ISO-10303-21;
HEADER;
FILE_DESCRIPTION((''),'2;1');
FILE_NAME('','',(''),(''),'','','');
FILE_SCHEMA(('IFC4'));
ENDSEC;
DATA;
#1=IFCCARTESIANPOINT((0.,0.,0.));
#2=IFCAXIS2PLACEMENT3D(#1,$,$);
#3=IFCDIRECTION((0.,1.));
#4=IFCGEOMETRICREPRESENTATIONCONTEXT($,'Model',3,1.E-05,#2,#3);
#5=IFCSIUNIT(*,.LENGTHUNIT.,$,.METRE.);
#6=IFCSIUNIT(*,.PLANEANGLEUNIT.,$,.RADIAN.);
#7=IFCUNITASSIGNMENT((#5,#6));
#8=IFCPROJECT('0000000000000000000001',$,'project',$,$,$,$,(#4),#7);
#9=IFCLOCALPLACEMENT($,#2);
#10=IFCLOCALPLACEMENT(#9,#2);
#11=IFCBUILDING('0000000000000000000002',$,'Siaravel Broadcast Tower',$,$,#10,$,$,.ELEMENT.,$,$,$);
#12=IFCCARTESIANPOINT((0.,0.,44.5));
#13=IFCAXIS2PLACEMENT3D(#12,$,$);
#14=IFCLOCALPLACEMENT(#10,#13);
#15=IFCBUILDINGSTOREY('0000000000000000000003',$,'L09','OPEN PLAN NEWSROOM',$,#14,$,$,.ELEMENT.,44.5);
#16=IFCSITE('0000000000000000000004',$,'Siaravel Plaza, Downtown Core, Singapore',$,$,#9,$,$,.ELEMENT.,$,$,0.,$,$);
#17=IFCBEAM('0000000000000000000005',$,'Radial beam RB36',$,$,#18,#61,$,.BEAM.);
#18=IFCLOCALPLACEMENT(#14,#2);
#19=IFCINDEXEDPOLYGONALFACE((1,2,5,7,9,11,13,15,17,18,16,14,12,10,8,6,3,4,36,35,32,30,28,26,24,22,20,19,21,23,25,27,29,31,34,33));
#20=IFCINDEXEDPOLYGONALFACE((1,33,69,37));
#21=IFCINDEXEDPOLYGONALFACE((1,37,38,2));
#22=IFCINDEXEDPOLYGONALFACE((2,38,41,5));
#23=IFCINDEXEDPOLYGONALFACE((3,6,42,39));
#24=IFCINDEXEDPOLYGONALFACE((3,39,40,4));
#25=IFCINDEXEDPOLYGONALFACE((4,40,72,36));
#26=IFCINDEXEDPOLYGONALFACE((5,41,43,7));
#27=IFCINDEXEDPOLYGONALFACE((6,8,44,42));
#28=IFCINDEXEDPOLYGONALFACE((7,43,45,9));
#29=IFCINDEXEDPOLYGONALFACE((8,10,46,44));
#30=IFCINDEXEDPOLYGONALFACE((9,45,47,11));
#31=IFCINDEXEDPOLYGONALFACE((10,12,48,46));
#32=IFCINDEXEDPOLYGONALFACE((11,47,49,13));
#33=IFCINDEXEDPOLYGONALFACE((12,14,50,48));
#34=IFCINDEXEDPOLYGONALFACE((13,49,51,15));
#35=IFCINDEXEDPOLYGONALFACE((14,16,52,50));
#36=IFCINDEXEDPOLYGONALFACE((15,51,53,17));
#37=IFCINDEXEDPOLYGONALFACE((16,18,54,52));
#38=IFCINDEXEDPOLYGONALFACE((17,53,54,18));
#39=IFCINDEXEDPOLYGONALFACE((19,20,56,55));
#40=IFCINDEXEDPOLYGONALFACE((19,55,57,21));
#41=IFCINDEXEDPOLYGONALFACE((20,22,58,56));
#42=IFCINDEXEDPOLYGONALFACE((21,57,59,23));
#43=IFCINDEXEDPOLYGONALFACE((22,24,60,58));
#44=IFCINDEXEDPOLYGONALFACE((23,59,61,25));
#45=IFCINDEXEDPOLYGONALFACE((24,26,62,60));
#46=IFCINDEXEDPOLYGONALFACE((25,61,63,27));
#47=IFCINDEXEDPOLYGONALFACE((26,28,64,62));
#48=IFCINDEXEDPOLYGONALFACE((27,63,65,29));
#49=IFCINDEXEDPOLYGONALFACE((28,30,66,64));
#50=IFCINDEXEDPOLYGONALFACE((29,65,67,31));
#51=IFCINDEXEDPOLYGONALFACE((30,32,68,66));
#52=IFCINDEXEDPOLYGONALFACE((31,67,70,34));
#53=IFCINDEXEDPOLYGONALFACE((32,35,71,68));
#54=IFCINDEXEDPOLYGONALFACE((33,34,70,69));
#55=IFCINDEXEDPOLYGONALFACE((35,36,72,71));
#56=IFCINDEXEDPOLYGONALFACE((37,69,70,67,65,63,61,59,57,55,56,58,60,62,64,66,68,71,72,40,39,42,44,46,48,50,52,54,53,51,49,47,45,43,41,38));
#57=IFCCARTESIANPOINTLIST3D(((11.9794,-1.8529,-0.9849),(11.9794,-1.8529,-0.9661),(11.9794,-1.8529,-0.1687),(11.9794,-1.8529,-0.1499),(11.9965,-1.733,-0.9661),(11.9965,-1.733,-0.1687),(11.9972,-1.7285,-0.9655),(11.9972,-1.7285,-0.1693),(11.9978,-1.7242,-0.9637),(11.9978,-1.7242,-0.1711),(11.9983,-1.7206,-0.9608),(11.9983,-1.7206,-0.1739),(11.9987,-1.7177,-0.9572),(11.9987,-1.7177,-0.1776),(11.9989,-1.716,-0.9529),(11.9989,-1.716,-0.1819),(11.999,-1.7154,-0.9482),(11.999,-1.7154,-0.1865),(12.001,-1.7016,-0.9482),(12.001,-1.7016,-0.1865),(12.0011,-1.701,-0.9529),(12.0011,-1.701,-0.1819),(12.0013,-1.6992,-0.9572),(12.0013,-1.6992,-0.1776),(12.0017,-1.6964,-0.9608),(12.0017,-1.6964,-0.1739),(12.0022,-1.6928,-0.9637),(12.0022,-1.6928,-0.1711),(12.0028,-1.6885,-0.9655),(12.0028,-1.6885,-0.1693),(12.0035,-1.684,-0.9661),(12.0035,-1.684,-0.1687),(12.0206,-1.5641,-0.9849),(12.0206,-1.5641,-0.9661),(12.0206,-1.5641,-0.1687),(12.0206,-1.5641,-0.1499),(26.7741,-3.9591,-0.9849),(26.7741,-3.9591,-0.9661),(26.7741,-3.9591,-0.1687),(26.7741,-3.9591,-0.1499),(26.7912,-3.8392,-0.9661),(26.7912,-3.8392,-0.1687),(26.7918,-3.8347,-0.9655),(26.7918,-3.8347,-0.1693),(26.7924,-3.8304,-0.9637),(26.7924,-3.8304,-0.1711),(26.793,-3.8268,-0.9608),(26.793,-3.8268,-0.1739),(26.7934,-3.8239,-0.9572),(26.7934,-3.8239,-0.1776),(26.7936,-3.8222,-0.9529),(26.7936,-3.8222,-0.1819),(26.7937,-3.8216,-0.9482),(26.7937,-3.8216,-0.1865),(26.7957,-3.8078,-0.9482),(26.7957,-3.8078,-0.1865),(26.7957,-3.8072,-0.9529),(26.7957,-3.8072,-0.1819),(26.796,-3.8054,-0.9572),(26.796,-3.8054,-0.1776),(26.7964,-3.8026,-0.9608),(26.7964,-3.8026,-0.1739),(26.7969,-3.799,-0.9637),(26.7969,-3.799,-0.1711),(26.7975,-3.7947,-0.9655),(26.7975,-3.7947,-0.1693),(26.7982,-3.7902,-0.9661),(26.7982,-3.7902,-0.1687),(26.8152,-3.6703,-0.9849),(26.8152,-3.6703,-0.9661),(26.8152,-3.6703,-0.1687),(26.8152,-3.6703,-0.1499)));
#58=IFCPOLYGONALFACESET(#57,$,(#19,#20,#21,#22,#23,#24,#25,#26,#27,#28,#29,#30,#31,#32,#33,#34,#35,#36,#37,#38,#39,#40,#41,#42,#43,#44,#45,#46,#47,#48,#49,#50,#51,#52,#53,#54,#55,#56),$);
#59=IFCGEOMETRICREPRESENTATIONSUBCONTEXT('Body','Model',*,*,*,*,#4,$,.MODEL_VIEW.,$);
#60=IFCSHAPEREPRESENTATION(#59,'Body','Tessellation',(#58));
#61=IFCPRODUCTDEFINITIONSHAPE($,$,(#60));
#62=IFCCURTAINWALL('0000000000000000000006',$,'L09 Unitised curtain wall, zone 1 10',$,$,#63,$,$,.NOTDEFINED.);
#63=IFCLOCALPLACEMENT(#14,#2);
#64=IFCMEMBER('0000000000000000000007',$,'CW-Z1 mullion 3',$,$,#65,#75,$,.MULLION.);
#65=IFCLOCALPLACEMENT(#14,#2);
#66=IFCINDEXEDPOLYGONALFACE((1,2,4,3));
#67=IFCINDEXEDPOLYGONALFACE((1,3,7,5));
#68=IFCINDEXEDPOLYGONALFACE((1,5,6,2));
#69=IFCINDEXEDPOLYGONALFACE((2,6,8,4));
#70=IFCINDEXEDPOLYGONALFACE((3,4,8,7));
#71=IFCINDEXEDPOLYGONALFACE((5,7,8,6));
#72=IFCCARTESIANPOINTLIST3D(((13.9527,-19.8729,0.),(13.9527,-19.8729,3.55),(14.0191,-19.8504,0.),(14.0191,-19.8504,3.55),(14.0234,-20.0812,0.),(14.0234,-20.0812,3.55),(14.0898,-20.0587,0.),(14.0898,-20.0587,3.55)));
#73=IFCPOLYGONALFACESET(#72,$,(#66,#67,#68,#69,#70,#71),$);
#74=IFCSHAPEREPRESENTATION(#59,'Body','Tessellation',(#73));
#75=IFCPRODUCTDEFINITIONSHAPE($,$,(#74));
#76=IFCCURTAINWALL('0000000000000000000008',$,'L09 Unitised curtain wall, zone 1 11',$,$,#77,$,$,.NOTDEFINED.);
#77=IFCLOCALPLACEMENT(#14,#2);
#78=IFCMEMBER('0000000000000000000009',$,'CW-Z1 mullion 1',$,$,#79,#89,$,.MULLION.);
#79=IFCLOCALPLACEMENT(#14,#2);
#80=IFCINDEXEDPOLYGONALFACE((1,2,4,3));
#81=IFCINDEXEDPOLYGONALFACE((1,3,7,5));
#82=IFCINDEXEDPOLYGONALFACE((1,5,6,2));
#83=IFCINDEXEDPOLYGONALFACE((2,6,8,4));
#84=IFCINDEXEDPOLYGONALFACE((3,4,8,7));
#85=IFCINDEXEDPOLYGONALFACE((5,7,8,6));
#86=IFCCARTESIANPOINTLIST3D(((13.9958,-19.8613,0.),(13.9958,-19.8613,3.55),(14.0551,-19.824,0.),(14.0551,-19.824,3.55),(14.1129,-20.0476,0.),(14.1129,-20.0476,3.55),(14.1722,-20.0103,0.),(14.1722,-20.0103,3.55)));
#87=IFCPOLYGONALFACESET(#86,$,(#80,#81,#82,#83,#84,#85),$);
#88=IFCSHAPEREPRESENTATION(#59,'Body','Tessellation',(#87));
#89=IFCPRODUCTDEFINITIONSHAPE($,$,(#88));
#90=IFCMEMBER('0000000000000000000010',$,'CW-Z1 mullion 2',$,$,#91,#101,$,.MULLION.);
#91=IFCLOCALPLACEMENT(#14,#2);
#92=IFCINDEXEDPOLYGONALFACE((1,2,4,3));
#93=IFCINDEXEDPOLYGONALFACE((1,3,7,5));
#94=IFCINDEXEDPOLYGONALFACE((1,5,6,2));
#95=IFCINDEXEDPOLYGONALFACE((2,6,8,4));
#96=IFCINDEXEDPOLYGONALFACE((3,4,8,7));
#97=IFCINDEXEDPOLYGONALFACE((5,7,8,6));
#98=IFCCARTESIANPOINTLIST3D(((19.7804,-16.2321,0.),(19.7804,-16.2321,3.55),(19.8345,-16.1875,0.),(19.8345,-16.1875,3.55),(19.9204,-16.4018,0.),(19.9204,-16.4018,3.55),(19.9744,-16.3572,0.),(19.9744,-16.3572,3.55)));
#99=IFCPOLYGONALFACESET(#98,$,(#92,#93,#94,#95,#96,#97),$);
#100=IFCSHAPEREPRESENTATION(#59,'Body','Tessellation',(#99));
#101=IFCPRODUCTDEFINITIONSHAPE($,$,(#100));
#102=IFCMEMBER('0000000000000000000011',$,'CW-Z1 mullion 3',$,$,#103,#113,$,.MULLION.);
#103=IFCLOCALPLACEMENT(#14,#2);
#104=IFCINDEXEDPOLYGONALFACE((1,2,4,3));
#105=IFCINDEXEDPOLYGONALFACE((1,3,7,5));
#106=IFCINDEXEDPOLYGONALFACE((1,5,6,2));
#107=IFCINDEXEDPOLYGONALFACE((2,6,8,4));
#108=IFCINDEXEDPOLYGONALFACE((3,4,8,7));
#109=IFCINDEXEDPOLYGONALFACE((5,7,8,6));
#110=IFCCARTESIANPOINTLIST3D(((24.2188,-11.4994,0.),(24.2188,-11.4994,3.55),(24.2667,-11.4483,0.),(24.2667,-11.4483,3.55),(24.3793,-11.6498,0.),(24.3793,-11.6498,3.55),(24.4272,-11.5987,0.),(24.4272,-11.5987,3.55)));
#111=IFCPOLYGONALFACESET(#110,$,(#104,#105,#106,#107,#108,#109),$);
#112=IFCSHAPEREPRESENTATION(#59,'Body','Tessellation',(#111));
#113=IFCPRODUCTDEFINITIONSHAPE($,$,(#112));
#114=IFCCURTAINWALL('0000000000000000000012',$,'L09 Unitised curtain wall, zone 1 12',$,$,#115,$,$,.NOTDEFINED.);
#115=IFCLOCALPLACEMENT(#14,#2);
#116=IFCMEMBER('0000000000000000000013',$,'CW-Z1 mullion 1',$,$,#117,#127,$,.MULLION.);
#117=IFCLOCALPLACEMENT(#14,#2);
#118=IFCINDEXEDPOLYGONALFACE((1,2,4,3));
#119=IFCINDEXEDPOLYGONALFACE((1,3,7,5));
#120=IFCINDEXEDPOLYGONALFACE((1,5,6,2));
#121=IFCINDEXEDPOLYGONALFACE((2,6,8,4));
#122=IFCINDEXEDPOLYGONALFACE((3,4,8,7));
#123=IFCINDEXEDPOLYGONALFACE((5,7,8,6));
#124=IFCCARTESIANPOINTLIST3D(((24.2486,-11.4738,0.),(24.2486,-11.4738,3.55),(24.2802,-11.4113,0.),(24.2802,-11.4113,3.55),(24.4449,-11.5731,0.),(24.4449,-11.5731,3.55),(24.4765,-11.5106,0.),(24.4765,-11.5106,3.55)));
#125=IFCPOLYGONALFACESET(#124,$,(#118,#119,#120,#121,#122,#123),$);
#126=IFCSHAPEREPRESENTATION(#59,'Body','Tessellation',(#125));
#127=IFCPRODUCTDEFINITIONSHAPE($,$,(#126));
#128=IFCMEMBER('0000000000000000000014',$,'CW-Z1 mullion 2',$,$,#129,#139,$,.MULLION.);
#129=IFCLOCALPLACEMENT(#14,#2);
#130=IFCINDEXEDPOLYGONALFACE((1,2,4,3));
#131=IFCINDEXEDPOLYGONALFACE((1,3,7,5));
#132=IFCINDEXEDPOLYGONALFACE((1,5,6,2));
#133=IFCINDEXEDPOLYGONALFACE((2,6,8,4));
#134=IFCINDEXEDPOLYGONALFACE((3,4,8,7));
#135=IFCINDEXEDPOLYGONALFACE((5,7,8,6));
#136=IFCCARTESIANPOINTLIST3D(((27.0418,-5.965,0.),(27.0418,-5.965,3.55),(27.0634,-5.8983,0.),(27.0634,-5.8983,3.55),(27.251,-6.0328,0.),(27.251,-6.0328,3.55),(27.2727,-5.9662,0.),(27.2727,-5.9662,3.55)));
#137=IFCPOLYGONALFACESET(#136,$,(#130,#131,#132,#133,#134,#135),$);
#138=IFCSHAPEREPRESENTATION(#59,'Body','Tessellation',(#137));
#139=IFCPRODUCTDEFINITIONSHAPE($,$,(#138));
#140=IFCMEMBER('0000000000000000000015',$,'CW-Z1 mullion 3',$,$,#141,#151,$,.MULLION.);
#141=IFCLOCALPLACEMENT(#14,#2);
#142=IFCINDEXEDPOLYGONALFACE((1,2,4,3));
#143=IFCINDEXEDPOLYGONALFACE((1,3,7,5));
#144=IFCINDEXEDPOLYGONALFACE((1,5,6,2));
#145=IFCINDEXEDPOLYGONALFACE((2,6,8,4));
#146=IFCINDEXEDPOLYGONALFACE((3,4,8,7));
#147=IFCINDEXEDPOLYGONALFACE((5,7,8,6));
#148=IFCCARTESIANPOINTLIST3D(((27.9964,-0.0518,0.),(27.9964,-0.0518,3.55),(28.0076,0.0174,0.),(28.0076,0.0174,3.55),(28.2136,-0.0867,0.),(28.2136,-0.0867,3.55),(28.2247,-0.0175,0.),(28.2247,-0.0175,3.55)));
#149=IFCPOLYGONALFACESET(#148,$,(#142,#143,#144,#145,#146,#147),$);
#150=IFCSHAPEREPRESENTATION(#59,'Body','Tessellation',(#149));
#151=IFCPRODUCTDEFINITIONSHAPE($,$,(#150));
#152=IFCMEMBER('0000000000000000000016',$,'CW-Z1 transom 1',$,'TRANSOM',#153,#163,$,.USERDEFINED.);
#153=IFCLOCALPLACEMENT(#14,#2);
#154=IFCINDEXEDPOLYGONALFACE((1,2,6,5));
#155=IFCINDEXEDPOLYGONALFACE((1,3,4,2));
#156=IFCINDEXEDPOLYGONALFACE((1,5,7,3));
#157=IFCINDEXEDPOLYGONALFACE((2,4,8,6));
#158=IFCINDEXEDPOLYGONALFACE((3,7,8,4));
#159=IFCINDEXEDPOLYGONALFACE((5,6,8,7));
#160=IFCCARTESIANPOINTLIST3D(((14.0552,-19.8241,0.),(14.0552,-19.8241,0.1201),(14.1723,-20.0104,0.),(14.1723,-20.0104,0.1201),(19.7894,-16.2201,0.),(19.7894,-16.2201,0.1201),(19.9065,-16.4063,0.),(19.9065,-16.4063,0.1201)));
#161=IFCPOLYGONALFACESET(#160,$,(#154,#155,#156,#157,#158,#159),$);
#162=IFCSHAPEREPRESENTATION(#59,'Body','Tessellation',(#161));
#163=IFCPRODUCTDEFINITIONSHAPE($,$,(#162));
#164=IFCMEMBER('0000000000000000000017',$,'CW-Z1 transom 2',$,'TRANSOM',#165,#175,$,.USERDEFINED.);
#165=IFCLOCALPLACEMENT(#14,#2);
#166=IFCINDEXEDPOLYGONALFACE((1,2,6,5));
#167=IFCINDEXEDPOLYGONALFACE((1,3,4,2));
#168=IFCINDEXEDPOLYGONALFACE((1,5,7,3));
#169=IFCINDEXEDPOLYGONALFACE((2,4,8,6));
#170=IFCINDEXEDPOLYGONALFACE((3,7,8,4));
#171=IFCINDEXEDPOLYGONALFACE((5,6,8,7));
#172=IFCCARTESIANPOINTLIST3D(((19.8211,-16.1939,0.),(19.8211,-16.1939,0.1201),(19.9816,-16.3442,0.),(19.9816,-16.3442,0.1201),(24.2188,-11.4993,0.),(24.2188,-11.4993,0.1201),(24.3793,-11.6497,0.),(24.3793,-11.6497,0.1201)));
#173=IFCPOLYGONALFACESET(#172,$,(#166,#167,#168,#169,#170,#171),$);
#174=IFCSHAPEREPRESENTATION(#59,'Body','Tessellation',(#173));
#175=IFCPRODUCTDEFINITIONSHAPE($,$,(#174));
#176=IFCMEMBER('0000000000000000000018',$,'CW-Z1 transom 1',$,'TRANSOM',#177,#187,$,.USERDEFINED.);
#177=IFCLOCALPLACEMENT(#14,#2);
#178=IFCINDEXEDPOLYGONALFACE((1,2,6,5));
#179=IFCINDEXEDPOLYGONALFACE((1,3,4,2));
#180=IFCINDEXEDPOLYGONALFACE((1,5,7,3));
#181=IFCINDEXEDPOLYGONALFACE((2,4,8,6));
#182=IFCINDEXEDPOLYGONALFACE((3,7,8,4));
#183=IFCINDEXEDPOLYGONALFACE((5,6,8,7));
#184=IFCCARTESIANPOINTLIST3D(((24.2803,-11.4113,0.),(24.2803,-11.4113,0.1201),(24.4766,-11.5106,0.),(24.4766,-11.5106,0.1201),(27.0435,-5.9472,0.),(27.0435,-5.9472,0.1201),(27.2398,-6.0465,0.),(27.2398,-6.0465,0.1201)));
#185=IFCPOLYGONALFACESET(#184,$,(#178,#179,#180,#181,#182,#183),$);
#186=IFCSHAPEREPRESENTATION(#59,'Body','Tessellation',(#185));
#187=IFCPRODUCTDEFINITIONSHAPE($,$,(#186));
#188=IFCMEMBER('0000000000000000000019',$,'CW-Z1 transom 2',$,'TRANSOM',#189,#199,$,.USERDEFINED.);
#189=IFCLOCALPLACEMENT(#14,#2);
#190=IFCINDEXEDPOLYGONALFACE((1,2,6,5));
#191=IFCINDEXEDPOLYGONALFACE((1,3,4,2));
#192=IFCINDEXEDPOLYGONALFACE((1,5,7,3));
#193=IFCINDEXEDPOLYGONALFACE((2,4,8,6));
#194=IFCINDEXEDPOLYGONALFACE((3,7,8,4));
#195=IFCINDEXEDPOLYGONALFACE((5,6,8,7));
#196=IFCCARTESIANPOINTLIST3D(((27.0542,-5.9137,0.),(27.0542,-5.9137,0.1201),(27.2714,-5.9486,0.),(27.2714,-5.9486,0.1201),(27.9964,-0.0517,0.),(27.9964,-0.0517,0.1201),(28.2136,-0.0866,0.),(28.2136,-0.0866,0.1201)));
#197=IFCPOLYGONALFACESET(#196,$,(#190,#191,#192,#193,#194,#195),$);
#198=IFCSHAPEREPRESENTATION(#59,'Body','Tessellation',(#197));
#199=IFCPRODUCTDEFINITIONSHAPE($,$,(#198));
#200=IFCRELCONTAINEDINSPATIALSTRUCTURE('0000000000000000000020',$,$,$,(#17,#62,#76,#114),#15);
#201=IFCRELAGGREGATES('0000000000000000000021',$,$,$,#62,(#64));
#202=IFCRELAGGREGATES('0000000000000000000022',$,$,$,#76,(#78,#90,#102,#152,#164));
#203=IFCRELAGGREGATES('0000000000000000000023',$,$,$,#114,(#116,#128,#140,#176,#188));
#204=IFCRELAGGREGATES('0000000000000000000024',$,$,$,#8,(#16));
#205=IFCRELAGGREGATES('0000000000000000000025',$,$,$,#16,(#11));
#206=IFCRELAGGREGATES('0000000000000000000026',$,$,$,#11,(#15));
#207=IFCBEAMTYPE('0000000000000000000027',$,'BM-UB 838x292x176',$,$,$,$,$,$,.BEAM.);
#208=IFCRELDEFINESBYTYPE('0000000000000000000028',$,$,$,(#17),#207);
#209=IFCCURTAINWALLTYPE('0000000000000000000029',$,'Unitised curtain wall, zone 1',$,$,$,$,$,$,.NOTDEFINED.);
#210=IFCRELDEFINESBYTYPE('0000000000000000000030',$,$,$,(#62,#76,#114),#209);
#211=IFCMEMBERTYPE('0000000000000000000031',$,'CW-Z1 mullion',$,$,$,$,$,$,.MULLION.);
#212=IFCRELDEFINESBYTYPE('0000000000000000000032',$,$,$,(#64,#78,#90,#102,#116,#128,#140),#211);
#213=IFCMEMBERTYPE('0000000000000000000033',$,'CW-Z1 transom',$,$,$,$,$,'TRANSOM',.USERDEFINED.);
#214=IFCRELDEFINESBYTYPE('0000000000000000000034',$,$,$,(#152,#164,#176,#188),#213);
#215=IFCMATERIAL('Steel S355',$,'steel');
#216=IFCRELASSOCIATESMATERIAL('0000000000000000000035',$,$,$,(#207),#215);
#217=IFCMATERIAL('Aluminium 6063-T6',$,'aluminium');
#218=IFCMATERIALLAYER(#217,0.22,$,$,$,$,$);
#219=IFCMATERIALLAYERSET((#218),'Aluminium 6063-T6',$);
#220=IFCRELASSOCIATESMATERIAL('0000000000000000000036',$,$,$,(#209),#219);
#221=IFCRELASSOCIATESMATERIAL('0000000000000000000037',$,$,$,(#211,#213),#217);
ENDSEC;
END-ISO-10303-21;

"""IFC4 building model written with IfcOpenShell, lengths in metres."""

from ifc_helpers import new_model, si_unit, direction, frame, origin, origin_2d, place, context, subcontext, project, spatial, rectangle, i_section, extrude, material, layer, layer_set, material_profile, profile_set, type_object, element, aggregate, save


model = new_model("IFC4")

# Units and contexts
model_context = context("Model", 3, precision=1e-05, world=origin(), true_north=direction((0.0, 1.0)))
body_context = subcontext(model_context, "Body", "Model", "MODEL_VIEW")
ifc_project = project(units=[si_unit("LENGTHUNIT", "METRE"), si_unit("PLANEANGLEUNIT", "RADIAN")], contexts=[model_context])

# Site, building, storey
site_placement = place(None, origin())
site = spatial("IfcSite", under=ifc_project, at=site_placement, Name="Siaravel Plaza, Downtown Core, Singapore", CompositionType="ELEMENT", RefElevation=0.0)
building_placement = place(site_placement, origin())
building = spatial("IfcBuilding", under=site, at=building_placement, Name="Siaravel Broadcast Tower", CompositionType="ELEMENT")
storey_placement = place(building_placement, frame((0.0, 0.0, 44.5)))
storey = spatial("IfcBuildingStorey", under=building, at=storey_placement, Name="L09", Description="OPEN PLAN NEWSROOM", CompositionType="ELEMENT", Elevation=44.5)

# Beam
ifc_material_1 = material(Name="Steel S355", Category="steel")
ifc_material_profile_1 = material_profile(ifc_material_1, i_section(OverallWidth=0.2917, OverallDepth=0.835, WebThickness=0.0139, FlangeThickness=0.0188, FilletRadius=0.0178, at=origin_2d()))
ifc_profile_set_1 = profile_set([ifc_material_profile_1], Name="Steel S355")
beam_type = type_object("IfcBeamType", Name="BM-UB 838x292x176", PredefinedType="BEAM", material=ifc_profile_set_1)
beam_1_placement = place(storey_placement, frame((26.7947, -3.8147, -0.5674), z_axis=(-0.990018, 0.140941, 0.0), x_axis=(-0.140941, -0.990018, 0.0)))
element("IfcBeam", 1, at=beam_1_placement, inside=storey, type_object=beam_type, Name="Radial beam RB36", PredefinedType="BEAM", context=body_context, shape_type="SweptSolid", body=[
    extrude(i_section(OverallWidth=0.2917, OverallDepth=0.835, WebThickness=0.0139, FlangeThickness=0.0188, FilletRadius=0.0178, at=origin_2d()), origin(), (0.0, 0.0, 1.0), 14.9438),
])

# Curtain wall, member
ifc_material_2 = material(Name="Aluminium 6063-T6", Category="aluminium")
ifc_layer_1 = layer(ifc_material_2, 0.22)
ifc_layer_set_1 = layer_set([ifc_layer_1], Name="Aluminium 6063-T6")
curtain_wall_type = type_object("IfcCurtainWallType", Name="Unitised curtain wall, zone 1", PredefinedType="NOTDEFINED", material=ifc_layer_set_1)
curtain_wall_1_placement = place(storey_placement, origin())
curtain_wall_1 = element("IfcCurtainWall", 2, at=curtain_wall_1_placement, inside=storey, type_object=curtain_wall_type, Name="L09 Unitised curtain wall, zone 1 10", PredefinedType="NOTDEFINED")
ifc_material_profile_2 = material_profile(ifc_material_2, rectangle(XDim=0.22, YDim=0.0701, at=origin_2d()))
ifc_profile_set_2 = profile_set([ifc_material_profile_2], Name="Aluminium 6063-T6")
member_type_1 = type_object("IfcMemberType", Name="CW-Z1 mullion", PredefinedType="MULLION", material=ifc_profile_set_2)
member_1_placement = place(storey_placement, frame((14.0212, -19.9658, 0.0), z_axis=(0.0, 0.0, 1.0), x_axis=(-0.321301, 0.946977, 0.0)))
member_1 = element("IfcMember", 3, at=member_1_placement, type_object=member_type_1, Name="CW-Z1 mullion 3", PredefinedType="MULLION", context=body_context, shape_type="SweptSolid", body=[
    extrude(rectangle(XDim=0.22, YDim=0.0701, at=origin_2d()), origin(), (0.0, 0.0, 1.0), 3.55),
])
aggregate(curtain_wall_1, [member_1])

# Curtain walls, members
curtain_wall_2_placement = place(storey_placement, origin())
curtain_wall_2 = element("IfcCurtainWall", 4, at=curtain_wall_2_placement, inside=storey, type_object=curtain_wall_type, Name="L09 Unitised curtain wall, zone 1 11", PredefinedType="NOTDEFINED")
member_2_placement = place(storey_placement, frame((14.084, -19.9358, 0.0), z_axis=(0.0, 0.0, 1.0), x_axis=(-0.532149, 0.846651, 0.0)))
member_2 = element("IfcMember", 5, at=member_2_placement, type_object=member_type_1, Name="CW-Z1 mullion 1", PredefinedType="MULLION", context=body_context, shape_type="SweptSolid", body=[
    extrude(rectangle(XDim=0.22, YDim=0.0701, at=origin_2d()), origin(), (0.0, 0.0, 1.0), 3.55),
])
member_3_placement = place(storey_placement, frame((19.8774, -16.2947, 0.0), z_axis=(0.0, 0.0, 1.0), x_axis=(-0.636218, 0.771509, 0.0)))
member_3 = element("IfcMember", 6, at=member_3_placement, type_object=member_type_1, Name="CW-Z1 mullion 2", PredefinedType="MULLION", context=body_context, shape_type="SweptSolid", body=[
    extrude(rectangle(XDim=0.22, YDim=0.0701, at=origin_2d()), origin(), (0.0, 0.0, 1.0), 3.55),
])
member_4_placement = place(storey_placement, frame((24.323, -11.5491, 0.0), z_axis=(0.0, 0.0, 1.0), x_axis=(-0.729805, 0.683655, 0.0)))
member_4 = element("IfcMember", 7, at=member_4_placement, type_object=member_type_1, Name="CW-Z1 mullion 3", PredefinedType="MULLION", context=body_context, shape_type="SweptSolid", body=[
    extrude(rectangle(XDim=0.22, YDim=0.0701, at=origin_2d()), origin(), (0.0, 0.0, 1.0), 3.55),
])
curtain_wall_3_placement = place(storey_placement, origin())
curtain_wall_3 = element("IfcCurtainWall", 8, at=curtain_wall_3_placement, inside=storey, type_object=curtain_wall_type, Name="L09 Unitised curtain wall, zone 1 12", PredefinedType="NOTDEFINED")
member_5_placement = place(storey_placement, frame((24.3625, -11.4922, 0.0), z_axis=(0.0, 0.0, 1.0), x_axis=(-0.892392, 0.451261, 0.0)))
member_5 = element("IfcMember", 9, at=member_5_placement, type_object=member_type_1, Name="CW-Z1 mullion 1", PredefinedType="MULLION", context=body_context, shape_type="SweptSolid", body=[
    extrude(rectangle(XDim=0.22, YDim=0.0701, at=origin_2d()), origin(), (0.0, 0.0, 1.0), 3.55),
])
member_6_placement = place(storey_placement, frame((27.1572, -5.9656, 0.0), z_axis=(0.0, 0.0, 1.0), x_axis=(-0.951177, 0.308646, 0.0)))
member_6 = element("IfcMember", 10, at=member_6_placement, type_object=member_type_1, Name="CW-Z1 mullion 2", PredefinedType="MULLION", context=body_context, shape_type="SweptSolid", body=[
    extrude(rectangle(XDim=0.22, YDim=0.0701, at=origin_2d()), origin(), (0.0, 0.0, 1.0), 3.55),
])
member_7_placement = place(storey_placement, frame((28.1106, -0.0347, 0.0), z_axis=(0.0, 0.0, 1.0), x_axis=(-0.987329, 0.158686, 0.0)))
member_7 = element("IfcMember", 11, at=member_7_placement, type_object=member_type_1, Name="CW-Z1 mullion 3", PredefinedType="MULLION", context=body_context, shape_type="SweptSolid", body=[
    extrude(rectangle(XDim=0.22, YDim=0.0701, at=origin_2d()), origin(), (0.0, 0.0, 1.0), 3.55),
])

# Members
ifc_material_profile_3 = material_profile(ifc_material_2, rectangle(XDim=0.22, YDim=0.1201, at=origin_2d()))
ifc_profile_set_3 = profile_set([ifc_material_profile_3], Name="Aluminium 6063-T6")
member_type_2 = type_object("IfcMemberType", Name="CW-Z1 transom", ElementType="TRANSOM", PredefinedType="USERDEFINED", material=ifc_profile_set_3)
member_8_placement = place(storey_placement, frame((14.1138, -19.9172, 0.0601), z_axis=(0.846657, 0.532139, 0.0), x_axis=(-0.532139, 0.846657, 0.0)))
member_8 = element("IfcMember", 12, at=member_8_placement, type_object=member_type_2, Name="CW-Z1 transom 1", ObjectType="TRANSOM", PredefinedType="USERDEFINED", context=body_context, shape_type="SweptSolid", body=[
    extrude(rectangle(XDim=0.22, YDim=0.1201, at=origin_2d()), origin(), (0.0, 0.0, 1.0), 6.7727),
])
member_9_placement = place(storey_placement, frame((19.9014, -16.269, 0.0601), z_axis=(0.683654, 0.729806, 0.0), x_axis=(-0.729806, 0.683654, 0.0)))
member_9 = element("IfcMember", 13, at=member_9_placement, type_object=member_type_2, Name="CW-Z1 transom 2", ObjectType="TRANSOM", PredefinedType="USERDEFINED", context=body_context, shape_type="SweptSolid", body=[
    extrude(rectangle(XDim=0.22, YDim=0.1201, at=origin_2d()), origin(), (0.0, 0.0, 1.0), 6.4326),
])
member_10_placement = place(storey_placement, frame((24.3784, -11.4609, 0.0601), z_axis=(0.451276, 0.892384, 0.0), x_axis=(-0.892384, 0.451276, 0.0)))
member_10 = element("IfcMember", 14, at=member_10_placement, type_object=member_type_2, Name="CW-Z1 transom 1", ObjectType="TRANSOM", PredefinedType="USERDEFINED", context=body_context, shape_type="SweptSolid", body=[
    extrude(rectangle(XDim=0.22, YDim=0.1201, at=origin_2d()), origin(), (0.0, 0.0, 1.0), 6.123),
])
member_11_placement = place(storey_placement, frame((27.1628, -5.9312, 0.0601), z_axis=(0.158682, 0.98733, 0.0), x_axis=(-0.98733, 0.158682, 0.0)))
member_11 = element("IfcMember", 15, at=member_11_placement, type_object=member_type_2, Name="CW-Z1 transom 2", ObjectType="TRANSOM", PredefinedType="USERDEFINED", context=body_context, shape_type="SweptSolid", body=[
    extrude(rectangle(XDim=0.22, YDim=0.1201, at=origin_2d()), origin(), (0.0, 0.0, 1.0), 5.9373),
])

aggregate(curtain_wall_2, [member_2, member_3, member_4, member_8, member_9])
aggregate(curtain_wall_3, [member_5, member_6, member_7, member_10, member_11])

save(model, "model.ifc")
